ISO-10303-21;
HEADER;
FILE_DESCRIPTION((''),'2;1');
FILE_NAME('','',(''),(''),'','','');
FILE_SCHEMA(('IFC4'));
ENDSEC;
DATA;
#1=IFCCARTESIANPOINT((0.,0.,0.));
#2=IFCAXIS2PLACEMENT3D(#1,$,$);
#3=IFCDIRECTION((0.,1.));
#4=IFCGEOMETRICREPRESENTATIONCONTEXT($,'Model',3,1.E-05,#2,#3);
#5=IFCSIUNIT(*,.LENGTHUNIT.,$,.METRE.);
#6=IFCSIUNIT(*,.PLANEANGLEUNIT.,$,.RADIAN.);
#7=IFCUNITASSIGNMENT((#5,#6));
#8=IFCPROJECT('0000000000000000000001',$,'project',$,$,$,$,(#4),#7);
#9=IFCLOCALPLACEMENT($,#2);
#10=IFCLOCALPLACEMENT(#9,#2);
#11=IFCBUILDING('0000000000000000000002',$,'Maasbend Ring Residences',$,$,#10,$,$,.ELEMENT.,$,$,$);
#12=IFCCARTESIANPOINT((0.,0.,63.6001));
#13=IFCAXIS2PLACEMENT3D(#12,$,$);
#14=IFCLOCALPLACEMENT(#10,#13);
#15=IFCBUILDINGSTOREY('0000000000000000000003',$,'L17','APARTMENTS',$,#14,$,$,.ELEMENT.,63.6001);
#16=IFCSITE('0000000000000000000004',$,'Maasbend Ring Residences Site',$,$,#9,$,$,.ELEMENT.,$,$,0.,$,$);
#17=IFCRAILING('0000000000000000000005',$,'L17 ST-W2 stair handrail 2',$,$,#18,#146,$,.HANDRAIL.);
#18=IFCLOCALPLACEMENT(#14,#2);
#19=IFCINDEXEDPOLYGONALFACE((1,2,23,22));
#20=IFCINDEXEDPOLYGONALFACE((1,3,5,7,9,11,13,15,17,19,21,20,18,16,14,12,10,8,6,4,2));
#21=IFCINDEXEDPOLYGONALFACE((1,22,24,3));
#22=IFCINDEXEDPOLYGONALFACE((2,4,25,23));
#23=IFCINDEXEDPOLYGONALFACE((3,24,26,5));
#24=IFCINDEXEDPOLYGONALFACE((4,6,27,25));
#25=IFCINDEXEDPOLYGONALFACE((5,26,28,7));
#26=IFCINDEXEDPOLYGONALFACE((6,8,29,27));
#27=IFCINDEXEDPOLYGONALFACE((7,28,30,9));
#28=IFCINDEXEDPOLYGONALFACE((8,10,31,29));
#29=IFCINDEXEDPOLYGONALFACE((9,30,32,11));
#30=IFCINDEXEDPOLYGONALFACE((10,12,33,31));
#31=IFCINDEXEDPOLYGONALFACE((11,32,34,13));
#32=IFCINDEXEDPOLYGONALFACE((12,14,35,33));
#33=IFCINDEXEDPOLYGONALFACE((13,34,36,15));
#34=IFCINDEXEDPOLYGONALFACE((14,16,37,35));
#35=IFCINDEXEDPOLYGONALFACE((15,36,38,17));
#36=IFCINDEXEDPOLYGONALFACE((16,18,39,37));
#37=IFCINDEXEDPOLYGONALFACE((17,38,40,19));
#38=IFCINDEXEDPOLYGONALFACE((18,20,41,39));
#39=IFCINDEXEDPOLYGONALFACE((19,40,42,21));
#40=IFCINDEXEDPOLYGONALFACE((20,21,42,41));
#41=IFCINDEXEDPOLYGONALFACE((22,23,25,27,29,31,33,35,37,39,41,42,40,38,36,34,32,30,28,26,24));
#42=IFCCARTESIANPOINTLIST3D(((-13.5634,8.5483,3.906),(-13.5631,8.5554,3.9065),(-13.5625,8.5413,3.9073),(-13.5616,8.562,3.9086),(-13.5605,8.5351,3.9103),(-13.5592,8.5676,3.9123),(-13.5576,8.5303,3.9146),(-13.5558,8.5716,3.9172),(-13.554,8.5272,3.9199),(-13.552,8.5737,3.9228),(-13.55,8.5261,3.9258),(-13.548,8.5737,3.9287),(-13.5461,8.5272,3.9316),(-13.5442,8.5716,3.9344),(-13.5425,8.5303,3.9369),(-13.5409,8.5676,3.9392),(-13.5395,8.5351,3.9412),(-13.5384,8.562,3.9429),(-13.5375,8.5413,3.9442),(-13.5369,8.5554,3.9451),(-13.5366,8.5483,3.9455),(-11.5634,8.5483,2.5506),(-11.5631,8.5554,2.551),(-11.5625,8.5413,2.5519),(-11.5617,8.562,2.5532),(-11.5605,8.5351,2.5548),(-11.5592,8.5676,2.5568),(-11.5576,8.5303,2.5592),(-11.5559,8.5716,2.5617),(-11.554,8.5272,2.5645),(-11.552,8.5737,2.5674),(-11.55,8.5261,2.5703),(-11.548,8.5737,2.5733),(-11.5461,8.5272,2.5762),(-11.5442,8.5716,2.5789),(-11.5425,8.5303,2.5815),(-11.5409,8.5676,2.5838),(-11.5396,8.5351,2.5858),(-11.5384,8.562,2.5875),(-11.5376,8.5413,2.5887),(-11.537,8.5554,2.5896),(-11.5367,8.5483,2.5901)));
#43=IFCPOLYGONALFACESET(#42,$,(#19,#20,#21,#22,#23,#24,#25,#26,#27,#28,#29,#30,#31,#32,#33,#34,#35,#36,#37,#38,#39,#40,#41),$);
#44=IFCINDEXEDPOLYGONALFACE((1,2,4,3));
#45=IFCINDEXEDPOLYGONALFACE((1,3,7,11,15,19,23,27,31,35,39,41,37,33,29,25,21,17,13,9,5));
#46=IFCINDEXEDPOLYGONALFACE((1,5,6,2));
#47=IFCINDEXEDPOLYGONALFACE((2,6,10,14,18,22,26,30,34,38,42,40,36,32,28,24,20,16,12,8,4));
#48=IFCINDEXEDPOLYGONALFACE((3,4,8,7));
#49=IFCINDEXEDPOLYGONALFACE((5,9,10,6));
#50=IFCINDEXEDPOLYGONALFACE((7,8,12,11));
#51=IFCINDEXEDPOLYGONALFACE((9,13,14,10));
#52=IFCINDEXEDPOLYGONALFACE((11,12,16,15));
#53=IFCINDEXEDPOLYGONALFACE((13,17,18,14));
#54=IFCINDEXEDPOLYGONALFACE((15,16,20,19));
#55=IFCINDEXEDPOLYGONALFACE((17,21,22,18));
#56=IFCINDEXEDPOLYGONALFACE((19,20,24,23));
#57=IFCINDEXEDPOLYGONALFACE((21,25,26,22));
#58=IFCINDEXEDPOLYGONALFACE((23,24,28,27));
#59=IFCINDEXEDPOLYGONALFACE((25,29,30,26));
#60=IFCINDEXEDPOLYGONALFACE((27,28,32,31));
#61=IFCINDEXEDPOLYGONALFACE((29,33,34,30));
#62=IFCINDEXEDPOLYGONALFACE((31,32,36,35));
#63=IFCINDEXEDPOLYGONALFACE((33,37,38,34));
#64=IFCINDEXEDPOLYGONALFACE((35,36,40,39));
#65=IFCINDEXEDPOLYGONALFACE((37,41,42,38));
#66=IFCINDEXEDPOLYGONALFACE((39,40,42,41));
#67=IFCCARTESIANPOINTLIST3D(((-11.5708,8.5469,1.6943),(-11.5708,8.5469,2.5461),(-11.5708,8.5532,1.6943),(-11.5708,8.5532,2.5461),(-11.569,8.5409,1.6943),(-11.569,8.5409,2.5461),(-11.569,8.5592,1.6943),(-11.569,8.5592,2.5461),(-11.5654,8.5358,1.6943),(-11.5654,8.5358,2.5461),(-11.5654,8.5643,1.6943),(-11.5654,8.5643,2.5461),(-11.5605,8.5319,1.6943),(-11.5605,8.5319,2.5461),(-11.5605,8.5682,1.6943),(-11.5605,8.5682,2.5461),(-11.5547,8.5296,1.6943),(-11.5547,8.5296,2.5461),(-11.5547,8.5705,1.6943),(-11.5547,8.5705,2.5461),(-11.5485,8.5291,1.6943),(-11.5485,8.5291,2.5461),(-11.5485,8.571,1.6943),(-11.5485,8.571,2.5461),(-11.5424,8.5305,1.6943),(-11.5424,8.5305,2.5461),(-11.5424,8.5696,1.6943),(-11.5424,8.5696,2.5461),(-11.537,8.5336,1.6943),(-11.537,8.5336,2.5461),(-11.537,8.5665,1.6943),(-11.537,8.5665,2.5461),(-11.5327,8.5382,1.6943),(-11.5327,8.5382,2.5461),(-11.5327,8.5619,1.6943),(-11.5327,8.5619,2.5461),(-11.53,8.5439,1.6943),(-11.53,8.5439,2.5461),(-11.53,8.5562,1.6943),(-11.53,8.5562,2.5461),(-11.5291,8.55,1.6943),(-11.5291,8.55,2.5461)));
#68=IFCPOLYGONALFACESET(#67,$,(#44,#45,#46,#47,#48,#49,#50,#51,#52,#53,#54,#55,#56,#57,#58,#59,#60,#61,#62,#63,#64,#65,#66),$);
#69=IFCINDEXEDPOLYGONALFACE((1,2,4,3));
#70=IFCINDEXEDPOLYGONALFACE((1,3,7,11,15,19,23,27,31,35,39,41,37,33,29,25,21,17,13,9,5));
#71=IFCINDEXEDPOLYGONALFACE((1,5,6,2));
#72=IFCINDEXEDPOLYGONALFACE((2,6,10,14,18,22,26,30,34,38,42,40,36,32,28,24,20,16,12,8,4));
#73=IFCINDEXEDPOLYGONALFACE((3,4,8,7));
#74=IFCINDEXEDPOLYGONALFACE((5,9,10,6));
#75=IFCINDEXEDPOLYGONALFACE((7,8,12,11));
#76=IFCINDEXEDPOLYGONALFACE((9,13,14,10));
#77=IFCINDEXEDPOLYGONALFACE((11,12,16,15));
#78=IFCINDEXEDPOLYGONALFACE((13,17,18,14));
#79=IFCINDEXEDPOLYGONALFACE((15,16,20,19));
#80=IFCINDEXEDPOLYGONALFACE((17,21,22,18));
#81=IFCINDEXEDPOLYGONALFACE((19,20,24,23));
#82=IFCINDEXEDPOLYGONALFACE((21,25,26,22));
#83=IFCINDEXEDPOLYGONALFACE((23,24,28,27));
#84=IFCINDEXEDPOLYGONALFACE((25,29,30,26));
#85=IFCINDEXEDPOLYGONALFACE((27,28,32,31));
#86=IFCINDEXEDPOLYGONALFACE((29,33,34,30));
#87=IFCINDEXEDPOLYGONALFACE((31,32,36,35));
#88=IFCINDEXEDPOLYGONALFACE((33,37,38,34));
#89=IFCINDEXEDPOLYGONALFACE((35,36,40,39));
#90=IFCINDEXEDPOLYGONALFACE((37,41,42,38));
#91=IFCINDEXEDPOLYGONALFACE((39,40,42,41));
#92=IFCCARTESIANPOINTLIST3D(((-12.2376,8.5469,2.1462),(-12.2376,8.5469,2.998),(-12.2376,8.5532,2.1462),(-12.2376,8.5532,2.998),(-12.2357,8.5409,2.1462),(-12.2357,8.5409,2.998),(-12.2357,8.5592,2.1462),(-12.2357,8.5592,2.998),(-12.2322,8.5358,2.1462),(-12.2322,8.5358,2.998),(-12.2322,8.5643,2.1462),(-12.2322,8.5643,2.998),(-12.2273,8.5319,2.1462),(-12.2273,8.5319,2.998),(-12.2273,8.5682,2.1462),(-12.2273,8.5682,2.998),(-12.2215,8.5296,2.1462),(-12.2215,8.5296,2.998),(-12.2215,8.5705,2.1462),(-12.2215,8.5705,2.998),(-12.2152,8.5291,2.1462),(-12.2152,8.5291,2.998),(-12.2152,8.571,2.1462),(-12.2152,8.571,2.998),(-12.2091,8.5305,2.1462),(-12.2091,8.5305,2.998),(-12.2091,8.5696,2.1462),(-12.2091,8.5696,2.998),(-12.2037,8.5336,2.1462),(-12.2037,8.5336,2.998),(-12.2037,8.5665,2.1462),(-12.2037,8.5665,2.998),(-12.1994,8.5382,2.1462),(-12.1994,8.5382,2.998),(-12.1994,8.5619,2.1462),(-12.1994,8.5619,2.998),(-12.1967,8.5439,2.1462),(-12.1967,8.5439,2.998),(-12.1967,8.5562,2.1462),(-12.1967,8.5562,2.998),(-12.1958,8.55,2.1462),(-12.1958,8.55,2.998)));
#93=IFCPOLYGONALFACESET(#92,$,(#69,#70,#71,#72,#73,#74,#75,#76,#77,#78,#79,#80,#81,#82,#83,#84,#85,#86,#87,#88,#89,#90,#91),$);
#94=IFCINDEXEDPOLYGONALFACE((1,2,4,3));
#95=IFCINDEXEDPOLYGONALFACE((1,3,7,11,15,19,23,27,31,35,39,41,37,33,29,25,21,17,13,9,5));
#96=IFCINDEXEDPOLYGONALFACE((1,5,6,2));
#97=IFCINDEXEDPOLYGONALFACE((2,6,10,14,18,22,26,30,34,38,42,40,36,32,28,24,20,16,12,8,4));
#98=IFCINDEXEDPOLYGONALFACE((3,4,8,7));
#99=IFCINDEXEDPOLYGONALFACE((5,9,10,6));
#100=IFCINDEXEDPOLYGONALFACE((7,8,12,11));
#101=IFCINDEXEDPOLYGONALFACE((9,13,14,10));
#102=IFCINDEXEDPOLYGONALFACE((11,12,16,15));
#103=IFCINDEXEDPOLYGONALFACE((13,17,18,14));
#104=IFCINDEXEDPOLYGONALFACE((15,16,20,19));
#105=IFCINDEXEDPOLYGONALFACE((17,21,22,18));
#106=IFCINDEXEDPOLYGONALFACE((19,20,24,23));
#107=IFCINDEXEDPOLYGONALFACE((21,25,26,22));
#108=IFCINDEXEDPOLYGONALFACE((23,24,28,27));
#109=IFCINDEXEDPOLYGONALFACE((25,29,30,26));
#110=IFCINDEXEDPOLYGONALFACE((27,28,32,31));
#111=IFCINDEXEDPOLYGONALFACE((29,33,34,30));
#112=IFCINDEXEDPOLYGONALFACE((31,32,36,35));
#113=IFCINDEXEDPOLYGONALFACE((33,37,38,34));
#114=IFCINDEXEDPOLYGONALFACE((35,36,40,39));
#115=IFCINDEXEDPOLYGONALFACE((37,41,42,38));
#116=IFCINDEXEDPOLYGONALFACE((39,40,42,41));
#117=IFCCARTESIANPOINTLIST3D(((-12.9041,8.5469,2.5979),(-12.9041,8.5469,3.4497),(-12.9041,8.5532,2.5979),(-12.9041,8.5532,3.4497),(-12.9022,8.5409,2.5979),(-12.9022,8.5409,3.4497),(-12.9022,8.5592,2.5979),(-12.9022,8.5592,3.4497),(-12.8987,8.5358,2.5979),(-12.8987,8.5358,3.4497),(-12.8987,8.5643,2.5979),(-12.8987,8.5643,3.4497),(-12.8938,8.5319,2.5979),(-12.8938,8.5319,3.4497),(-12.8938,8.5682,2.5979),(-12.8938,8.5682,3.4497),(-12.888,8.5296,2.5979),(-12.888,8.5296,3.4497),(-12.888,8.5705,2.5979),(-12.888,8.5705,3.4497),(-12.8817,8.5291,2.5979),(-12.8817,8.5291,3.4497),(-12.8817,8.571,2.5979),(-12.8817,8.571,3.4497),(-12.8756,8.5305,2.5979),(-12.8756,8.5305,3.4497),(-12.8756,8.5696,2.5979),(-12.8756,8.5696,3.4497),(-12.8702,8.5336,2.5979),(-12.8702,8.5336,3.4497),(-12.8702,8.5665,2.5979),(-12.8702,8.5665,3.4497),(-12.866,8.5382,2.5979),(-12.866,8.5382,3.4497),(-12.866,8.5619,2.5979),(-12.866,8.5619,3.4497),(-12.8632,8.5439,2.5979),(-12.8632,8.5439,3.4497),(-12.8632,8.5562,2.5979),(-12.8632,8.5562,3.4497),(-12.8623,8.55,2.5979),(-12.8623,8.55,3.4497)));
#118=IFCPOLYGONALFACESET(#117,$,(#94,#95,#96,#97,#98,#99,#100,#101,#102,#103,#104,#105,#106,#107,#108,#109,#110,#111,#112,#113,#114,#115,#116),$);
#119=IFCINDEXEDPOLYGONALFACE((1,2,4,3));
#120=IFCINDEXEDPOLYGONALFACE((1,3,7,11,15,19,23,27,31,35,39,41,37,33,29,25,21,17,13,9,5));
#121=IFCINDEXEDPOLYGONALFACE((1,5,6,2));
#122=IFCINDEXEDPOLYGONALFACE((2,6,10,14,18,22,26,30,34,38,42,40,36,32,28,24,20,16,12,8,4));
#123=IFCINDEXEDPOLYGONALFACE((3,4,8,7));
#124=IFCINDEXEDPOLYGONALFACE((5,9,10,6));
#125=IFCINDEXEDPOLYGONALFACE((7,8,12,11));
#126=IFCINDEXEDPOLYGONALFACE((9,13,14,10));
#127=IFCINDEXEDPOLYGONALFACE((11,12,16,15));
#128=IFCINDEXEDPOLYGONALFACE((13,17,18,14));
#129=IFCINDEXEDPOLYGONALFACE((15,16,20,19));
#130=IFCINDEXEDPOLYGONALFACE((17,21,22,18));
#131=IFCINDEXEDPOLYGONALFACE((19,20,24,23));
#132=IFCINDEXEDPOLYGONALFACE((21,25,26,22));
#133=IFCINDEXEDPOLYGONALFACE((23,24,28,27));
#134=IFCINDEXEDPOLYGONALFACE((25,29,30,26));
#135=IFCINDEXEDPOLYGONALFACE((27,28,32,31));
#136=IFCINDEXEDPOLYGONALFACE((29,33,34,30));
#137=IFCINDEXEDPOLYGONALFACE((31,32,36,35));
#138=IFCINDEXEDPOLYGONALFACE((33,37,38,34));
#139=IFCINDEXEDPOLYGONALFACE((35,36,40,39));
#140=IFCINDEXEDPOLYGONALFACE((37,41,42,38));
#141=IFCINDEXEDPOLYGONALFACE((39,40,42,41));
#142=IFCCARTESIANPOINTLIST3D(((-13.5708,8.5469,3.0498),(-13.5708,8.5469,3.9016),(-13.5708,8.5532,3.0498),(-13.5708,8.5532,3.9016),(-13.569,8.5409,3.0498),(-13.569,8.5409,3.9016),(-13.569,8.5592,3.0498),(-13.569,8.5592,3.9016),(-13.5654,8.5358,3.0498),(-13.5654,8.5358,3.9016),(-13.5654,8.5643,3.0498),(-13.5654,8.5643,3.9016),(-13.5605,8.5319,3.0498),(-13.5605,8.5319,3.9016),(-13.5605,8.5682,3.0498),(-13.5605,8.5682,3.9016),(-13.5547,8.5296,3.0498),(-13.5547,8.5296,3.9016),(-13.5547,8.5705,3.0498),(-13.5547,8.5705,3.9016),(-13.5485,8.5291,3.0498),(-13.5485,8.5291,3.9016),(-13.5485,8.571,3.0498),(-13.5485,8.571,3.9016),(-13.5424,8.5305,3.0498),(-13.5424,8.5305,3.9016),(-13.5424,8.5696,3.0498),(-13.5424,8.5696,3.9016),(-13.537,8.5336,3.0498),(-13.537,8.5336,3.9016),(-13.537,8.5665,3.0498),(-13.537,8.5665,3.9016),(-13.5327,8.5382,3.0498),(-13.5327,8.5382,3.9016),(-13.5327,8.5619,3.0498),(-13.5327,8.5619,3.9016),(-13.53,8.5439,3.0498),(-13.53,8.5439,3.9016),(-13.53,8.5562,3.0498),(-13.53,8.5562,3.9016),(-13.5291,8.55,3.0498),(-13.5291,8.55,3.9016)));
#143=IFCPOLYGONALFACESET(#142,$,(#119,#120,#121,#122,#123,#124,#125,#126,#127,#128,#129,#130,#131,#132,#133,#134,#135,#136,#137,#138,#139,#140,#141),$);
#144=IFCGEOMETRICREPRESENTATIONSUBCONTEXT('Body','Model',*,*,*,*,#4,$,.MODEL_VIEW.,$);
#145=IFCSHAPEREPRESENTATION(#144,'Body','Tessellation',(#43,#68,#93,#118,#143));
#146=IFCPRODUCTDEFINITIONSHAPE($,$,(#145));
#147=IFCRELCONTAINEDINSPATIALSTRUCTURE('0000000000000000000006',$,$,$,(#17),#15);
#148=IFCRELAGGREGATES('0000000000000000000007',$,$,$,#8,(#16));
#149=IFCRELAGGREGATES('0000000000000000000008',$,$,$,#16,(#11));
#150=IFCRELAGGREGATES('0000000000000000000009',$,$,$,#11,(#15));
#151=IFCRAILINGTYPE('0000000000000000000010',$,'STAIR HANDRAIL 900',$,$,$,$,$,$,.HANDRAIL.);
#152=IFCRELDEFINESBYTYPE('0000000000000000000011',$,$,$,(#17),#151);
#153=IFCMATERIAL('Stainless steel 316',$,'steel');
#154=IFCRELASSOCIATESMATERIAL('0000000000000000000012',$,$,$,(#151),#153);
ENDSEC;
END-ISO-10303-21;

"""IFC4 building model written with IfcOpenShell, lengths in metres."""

from ifc_helpers import new_model, si_unit, direction, frame, origin, origin_2d, place, context, subcontext, project, spatial, circle, extrude, material, type_object, element, save


model = new_model("IFC4")

# Units and contexts
model_context = context("Model", 3, precision=1e-05, world=origin(), true_north=direction((0.0, 1.0)))
body_context = subcontext(model_context, "Body", "Model", "MODEL_VIEW")
ifc_project = project(units=[si_unit("LENGTHUNIT", "METRE"), si_unit("PLANEANGLEUNIT", "RADIAN")], contexts=[model_context])

# Site, building, storey
site_placement = place(None, origin())
site = spatial("IfcSite", under=ifc_project, at=site_placement, Name="Maasbend Ring Residences Site", CompositionType="ELEMENT", RefElevation=0.0)
building_placement = place(site_placement, origin())
building = spatial("IfcBuilding", under=site, at=building_placement, Name="Maasbend Ring Residences", CompositionType="ELEMENT")
storey_placement = place(building_placement, frame((0.0, 0.0, 63.6001)))
storey = spatial("IfcBuildingStorey", under=building, at=storey_placement, Name="L17", Description="APARTMENTS", CompositionType="ELEMENT", Elevation=63.6001)

# Railing
ifc_material_1 = material(Name="Stainless steel 316", Category="steel")
railing_type_1 = type_object("IfcRailingType", Name="STAIR HANDRAIL 900", PredefinedType="HANDRAIL", material=ifc_material_1)
railing_1_placement = place(storey_placement, frame((-11.55, 8.55, 1.6943)))
element("IfcRailing", 1, at=railing_1_placement, inside=storey, type_object=railing_type_1, Name="L17 ST-W2 stair handrail 2", PredefinedType="HANDRAIL", context=body_context, shape_type="SweptSolid", body=[
    extrude(circle(Radius=0.0239, at=origin_2d()), frame((0.0, 0.0, 0.876), z_axis=(-0.827798, 0.0, 0.561027), x_axis=(0.0, -1.0, 0.0)), (0.0, 0.0, 1.0), 2.416),
    extrude(circle(Radius=0.021, at=origin_2d()), origin(), (0.0, 0.0, 1.0), 0.8518),
    extrude(circle(Radius=0.021, at=origin_2d()), frame((-0.6667, 0.0, 0.4519)), (0.0, 0.0, 1.0), 0.8518),
    extrude(circle(Radius=0.021, at=origin_2d()), frame((-1.3333, 0.0, 0.9036)), (0.0, 0.0, 1.0), 0.8518),
    extrude(circle(Radius=0.021, at=origin_2d()), frame((-2.0, 0.0, 1.3555)), (0.0, 0.0, 1.0), 0.8518),
])

save(model, "model.ifc")
